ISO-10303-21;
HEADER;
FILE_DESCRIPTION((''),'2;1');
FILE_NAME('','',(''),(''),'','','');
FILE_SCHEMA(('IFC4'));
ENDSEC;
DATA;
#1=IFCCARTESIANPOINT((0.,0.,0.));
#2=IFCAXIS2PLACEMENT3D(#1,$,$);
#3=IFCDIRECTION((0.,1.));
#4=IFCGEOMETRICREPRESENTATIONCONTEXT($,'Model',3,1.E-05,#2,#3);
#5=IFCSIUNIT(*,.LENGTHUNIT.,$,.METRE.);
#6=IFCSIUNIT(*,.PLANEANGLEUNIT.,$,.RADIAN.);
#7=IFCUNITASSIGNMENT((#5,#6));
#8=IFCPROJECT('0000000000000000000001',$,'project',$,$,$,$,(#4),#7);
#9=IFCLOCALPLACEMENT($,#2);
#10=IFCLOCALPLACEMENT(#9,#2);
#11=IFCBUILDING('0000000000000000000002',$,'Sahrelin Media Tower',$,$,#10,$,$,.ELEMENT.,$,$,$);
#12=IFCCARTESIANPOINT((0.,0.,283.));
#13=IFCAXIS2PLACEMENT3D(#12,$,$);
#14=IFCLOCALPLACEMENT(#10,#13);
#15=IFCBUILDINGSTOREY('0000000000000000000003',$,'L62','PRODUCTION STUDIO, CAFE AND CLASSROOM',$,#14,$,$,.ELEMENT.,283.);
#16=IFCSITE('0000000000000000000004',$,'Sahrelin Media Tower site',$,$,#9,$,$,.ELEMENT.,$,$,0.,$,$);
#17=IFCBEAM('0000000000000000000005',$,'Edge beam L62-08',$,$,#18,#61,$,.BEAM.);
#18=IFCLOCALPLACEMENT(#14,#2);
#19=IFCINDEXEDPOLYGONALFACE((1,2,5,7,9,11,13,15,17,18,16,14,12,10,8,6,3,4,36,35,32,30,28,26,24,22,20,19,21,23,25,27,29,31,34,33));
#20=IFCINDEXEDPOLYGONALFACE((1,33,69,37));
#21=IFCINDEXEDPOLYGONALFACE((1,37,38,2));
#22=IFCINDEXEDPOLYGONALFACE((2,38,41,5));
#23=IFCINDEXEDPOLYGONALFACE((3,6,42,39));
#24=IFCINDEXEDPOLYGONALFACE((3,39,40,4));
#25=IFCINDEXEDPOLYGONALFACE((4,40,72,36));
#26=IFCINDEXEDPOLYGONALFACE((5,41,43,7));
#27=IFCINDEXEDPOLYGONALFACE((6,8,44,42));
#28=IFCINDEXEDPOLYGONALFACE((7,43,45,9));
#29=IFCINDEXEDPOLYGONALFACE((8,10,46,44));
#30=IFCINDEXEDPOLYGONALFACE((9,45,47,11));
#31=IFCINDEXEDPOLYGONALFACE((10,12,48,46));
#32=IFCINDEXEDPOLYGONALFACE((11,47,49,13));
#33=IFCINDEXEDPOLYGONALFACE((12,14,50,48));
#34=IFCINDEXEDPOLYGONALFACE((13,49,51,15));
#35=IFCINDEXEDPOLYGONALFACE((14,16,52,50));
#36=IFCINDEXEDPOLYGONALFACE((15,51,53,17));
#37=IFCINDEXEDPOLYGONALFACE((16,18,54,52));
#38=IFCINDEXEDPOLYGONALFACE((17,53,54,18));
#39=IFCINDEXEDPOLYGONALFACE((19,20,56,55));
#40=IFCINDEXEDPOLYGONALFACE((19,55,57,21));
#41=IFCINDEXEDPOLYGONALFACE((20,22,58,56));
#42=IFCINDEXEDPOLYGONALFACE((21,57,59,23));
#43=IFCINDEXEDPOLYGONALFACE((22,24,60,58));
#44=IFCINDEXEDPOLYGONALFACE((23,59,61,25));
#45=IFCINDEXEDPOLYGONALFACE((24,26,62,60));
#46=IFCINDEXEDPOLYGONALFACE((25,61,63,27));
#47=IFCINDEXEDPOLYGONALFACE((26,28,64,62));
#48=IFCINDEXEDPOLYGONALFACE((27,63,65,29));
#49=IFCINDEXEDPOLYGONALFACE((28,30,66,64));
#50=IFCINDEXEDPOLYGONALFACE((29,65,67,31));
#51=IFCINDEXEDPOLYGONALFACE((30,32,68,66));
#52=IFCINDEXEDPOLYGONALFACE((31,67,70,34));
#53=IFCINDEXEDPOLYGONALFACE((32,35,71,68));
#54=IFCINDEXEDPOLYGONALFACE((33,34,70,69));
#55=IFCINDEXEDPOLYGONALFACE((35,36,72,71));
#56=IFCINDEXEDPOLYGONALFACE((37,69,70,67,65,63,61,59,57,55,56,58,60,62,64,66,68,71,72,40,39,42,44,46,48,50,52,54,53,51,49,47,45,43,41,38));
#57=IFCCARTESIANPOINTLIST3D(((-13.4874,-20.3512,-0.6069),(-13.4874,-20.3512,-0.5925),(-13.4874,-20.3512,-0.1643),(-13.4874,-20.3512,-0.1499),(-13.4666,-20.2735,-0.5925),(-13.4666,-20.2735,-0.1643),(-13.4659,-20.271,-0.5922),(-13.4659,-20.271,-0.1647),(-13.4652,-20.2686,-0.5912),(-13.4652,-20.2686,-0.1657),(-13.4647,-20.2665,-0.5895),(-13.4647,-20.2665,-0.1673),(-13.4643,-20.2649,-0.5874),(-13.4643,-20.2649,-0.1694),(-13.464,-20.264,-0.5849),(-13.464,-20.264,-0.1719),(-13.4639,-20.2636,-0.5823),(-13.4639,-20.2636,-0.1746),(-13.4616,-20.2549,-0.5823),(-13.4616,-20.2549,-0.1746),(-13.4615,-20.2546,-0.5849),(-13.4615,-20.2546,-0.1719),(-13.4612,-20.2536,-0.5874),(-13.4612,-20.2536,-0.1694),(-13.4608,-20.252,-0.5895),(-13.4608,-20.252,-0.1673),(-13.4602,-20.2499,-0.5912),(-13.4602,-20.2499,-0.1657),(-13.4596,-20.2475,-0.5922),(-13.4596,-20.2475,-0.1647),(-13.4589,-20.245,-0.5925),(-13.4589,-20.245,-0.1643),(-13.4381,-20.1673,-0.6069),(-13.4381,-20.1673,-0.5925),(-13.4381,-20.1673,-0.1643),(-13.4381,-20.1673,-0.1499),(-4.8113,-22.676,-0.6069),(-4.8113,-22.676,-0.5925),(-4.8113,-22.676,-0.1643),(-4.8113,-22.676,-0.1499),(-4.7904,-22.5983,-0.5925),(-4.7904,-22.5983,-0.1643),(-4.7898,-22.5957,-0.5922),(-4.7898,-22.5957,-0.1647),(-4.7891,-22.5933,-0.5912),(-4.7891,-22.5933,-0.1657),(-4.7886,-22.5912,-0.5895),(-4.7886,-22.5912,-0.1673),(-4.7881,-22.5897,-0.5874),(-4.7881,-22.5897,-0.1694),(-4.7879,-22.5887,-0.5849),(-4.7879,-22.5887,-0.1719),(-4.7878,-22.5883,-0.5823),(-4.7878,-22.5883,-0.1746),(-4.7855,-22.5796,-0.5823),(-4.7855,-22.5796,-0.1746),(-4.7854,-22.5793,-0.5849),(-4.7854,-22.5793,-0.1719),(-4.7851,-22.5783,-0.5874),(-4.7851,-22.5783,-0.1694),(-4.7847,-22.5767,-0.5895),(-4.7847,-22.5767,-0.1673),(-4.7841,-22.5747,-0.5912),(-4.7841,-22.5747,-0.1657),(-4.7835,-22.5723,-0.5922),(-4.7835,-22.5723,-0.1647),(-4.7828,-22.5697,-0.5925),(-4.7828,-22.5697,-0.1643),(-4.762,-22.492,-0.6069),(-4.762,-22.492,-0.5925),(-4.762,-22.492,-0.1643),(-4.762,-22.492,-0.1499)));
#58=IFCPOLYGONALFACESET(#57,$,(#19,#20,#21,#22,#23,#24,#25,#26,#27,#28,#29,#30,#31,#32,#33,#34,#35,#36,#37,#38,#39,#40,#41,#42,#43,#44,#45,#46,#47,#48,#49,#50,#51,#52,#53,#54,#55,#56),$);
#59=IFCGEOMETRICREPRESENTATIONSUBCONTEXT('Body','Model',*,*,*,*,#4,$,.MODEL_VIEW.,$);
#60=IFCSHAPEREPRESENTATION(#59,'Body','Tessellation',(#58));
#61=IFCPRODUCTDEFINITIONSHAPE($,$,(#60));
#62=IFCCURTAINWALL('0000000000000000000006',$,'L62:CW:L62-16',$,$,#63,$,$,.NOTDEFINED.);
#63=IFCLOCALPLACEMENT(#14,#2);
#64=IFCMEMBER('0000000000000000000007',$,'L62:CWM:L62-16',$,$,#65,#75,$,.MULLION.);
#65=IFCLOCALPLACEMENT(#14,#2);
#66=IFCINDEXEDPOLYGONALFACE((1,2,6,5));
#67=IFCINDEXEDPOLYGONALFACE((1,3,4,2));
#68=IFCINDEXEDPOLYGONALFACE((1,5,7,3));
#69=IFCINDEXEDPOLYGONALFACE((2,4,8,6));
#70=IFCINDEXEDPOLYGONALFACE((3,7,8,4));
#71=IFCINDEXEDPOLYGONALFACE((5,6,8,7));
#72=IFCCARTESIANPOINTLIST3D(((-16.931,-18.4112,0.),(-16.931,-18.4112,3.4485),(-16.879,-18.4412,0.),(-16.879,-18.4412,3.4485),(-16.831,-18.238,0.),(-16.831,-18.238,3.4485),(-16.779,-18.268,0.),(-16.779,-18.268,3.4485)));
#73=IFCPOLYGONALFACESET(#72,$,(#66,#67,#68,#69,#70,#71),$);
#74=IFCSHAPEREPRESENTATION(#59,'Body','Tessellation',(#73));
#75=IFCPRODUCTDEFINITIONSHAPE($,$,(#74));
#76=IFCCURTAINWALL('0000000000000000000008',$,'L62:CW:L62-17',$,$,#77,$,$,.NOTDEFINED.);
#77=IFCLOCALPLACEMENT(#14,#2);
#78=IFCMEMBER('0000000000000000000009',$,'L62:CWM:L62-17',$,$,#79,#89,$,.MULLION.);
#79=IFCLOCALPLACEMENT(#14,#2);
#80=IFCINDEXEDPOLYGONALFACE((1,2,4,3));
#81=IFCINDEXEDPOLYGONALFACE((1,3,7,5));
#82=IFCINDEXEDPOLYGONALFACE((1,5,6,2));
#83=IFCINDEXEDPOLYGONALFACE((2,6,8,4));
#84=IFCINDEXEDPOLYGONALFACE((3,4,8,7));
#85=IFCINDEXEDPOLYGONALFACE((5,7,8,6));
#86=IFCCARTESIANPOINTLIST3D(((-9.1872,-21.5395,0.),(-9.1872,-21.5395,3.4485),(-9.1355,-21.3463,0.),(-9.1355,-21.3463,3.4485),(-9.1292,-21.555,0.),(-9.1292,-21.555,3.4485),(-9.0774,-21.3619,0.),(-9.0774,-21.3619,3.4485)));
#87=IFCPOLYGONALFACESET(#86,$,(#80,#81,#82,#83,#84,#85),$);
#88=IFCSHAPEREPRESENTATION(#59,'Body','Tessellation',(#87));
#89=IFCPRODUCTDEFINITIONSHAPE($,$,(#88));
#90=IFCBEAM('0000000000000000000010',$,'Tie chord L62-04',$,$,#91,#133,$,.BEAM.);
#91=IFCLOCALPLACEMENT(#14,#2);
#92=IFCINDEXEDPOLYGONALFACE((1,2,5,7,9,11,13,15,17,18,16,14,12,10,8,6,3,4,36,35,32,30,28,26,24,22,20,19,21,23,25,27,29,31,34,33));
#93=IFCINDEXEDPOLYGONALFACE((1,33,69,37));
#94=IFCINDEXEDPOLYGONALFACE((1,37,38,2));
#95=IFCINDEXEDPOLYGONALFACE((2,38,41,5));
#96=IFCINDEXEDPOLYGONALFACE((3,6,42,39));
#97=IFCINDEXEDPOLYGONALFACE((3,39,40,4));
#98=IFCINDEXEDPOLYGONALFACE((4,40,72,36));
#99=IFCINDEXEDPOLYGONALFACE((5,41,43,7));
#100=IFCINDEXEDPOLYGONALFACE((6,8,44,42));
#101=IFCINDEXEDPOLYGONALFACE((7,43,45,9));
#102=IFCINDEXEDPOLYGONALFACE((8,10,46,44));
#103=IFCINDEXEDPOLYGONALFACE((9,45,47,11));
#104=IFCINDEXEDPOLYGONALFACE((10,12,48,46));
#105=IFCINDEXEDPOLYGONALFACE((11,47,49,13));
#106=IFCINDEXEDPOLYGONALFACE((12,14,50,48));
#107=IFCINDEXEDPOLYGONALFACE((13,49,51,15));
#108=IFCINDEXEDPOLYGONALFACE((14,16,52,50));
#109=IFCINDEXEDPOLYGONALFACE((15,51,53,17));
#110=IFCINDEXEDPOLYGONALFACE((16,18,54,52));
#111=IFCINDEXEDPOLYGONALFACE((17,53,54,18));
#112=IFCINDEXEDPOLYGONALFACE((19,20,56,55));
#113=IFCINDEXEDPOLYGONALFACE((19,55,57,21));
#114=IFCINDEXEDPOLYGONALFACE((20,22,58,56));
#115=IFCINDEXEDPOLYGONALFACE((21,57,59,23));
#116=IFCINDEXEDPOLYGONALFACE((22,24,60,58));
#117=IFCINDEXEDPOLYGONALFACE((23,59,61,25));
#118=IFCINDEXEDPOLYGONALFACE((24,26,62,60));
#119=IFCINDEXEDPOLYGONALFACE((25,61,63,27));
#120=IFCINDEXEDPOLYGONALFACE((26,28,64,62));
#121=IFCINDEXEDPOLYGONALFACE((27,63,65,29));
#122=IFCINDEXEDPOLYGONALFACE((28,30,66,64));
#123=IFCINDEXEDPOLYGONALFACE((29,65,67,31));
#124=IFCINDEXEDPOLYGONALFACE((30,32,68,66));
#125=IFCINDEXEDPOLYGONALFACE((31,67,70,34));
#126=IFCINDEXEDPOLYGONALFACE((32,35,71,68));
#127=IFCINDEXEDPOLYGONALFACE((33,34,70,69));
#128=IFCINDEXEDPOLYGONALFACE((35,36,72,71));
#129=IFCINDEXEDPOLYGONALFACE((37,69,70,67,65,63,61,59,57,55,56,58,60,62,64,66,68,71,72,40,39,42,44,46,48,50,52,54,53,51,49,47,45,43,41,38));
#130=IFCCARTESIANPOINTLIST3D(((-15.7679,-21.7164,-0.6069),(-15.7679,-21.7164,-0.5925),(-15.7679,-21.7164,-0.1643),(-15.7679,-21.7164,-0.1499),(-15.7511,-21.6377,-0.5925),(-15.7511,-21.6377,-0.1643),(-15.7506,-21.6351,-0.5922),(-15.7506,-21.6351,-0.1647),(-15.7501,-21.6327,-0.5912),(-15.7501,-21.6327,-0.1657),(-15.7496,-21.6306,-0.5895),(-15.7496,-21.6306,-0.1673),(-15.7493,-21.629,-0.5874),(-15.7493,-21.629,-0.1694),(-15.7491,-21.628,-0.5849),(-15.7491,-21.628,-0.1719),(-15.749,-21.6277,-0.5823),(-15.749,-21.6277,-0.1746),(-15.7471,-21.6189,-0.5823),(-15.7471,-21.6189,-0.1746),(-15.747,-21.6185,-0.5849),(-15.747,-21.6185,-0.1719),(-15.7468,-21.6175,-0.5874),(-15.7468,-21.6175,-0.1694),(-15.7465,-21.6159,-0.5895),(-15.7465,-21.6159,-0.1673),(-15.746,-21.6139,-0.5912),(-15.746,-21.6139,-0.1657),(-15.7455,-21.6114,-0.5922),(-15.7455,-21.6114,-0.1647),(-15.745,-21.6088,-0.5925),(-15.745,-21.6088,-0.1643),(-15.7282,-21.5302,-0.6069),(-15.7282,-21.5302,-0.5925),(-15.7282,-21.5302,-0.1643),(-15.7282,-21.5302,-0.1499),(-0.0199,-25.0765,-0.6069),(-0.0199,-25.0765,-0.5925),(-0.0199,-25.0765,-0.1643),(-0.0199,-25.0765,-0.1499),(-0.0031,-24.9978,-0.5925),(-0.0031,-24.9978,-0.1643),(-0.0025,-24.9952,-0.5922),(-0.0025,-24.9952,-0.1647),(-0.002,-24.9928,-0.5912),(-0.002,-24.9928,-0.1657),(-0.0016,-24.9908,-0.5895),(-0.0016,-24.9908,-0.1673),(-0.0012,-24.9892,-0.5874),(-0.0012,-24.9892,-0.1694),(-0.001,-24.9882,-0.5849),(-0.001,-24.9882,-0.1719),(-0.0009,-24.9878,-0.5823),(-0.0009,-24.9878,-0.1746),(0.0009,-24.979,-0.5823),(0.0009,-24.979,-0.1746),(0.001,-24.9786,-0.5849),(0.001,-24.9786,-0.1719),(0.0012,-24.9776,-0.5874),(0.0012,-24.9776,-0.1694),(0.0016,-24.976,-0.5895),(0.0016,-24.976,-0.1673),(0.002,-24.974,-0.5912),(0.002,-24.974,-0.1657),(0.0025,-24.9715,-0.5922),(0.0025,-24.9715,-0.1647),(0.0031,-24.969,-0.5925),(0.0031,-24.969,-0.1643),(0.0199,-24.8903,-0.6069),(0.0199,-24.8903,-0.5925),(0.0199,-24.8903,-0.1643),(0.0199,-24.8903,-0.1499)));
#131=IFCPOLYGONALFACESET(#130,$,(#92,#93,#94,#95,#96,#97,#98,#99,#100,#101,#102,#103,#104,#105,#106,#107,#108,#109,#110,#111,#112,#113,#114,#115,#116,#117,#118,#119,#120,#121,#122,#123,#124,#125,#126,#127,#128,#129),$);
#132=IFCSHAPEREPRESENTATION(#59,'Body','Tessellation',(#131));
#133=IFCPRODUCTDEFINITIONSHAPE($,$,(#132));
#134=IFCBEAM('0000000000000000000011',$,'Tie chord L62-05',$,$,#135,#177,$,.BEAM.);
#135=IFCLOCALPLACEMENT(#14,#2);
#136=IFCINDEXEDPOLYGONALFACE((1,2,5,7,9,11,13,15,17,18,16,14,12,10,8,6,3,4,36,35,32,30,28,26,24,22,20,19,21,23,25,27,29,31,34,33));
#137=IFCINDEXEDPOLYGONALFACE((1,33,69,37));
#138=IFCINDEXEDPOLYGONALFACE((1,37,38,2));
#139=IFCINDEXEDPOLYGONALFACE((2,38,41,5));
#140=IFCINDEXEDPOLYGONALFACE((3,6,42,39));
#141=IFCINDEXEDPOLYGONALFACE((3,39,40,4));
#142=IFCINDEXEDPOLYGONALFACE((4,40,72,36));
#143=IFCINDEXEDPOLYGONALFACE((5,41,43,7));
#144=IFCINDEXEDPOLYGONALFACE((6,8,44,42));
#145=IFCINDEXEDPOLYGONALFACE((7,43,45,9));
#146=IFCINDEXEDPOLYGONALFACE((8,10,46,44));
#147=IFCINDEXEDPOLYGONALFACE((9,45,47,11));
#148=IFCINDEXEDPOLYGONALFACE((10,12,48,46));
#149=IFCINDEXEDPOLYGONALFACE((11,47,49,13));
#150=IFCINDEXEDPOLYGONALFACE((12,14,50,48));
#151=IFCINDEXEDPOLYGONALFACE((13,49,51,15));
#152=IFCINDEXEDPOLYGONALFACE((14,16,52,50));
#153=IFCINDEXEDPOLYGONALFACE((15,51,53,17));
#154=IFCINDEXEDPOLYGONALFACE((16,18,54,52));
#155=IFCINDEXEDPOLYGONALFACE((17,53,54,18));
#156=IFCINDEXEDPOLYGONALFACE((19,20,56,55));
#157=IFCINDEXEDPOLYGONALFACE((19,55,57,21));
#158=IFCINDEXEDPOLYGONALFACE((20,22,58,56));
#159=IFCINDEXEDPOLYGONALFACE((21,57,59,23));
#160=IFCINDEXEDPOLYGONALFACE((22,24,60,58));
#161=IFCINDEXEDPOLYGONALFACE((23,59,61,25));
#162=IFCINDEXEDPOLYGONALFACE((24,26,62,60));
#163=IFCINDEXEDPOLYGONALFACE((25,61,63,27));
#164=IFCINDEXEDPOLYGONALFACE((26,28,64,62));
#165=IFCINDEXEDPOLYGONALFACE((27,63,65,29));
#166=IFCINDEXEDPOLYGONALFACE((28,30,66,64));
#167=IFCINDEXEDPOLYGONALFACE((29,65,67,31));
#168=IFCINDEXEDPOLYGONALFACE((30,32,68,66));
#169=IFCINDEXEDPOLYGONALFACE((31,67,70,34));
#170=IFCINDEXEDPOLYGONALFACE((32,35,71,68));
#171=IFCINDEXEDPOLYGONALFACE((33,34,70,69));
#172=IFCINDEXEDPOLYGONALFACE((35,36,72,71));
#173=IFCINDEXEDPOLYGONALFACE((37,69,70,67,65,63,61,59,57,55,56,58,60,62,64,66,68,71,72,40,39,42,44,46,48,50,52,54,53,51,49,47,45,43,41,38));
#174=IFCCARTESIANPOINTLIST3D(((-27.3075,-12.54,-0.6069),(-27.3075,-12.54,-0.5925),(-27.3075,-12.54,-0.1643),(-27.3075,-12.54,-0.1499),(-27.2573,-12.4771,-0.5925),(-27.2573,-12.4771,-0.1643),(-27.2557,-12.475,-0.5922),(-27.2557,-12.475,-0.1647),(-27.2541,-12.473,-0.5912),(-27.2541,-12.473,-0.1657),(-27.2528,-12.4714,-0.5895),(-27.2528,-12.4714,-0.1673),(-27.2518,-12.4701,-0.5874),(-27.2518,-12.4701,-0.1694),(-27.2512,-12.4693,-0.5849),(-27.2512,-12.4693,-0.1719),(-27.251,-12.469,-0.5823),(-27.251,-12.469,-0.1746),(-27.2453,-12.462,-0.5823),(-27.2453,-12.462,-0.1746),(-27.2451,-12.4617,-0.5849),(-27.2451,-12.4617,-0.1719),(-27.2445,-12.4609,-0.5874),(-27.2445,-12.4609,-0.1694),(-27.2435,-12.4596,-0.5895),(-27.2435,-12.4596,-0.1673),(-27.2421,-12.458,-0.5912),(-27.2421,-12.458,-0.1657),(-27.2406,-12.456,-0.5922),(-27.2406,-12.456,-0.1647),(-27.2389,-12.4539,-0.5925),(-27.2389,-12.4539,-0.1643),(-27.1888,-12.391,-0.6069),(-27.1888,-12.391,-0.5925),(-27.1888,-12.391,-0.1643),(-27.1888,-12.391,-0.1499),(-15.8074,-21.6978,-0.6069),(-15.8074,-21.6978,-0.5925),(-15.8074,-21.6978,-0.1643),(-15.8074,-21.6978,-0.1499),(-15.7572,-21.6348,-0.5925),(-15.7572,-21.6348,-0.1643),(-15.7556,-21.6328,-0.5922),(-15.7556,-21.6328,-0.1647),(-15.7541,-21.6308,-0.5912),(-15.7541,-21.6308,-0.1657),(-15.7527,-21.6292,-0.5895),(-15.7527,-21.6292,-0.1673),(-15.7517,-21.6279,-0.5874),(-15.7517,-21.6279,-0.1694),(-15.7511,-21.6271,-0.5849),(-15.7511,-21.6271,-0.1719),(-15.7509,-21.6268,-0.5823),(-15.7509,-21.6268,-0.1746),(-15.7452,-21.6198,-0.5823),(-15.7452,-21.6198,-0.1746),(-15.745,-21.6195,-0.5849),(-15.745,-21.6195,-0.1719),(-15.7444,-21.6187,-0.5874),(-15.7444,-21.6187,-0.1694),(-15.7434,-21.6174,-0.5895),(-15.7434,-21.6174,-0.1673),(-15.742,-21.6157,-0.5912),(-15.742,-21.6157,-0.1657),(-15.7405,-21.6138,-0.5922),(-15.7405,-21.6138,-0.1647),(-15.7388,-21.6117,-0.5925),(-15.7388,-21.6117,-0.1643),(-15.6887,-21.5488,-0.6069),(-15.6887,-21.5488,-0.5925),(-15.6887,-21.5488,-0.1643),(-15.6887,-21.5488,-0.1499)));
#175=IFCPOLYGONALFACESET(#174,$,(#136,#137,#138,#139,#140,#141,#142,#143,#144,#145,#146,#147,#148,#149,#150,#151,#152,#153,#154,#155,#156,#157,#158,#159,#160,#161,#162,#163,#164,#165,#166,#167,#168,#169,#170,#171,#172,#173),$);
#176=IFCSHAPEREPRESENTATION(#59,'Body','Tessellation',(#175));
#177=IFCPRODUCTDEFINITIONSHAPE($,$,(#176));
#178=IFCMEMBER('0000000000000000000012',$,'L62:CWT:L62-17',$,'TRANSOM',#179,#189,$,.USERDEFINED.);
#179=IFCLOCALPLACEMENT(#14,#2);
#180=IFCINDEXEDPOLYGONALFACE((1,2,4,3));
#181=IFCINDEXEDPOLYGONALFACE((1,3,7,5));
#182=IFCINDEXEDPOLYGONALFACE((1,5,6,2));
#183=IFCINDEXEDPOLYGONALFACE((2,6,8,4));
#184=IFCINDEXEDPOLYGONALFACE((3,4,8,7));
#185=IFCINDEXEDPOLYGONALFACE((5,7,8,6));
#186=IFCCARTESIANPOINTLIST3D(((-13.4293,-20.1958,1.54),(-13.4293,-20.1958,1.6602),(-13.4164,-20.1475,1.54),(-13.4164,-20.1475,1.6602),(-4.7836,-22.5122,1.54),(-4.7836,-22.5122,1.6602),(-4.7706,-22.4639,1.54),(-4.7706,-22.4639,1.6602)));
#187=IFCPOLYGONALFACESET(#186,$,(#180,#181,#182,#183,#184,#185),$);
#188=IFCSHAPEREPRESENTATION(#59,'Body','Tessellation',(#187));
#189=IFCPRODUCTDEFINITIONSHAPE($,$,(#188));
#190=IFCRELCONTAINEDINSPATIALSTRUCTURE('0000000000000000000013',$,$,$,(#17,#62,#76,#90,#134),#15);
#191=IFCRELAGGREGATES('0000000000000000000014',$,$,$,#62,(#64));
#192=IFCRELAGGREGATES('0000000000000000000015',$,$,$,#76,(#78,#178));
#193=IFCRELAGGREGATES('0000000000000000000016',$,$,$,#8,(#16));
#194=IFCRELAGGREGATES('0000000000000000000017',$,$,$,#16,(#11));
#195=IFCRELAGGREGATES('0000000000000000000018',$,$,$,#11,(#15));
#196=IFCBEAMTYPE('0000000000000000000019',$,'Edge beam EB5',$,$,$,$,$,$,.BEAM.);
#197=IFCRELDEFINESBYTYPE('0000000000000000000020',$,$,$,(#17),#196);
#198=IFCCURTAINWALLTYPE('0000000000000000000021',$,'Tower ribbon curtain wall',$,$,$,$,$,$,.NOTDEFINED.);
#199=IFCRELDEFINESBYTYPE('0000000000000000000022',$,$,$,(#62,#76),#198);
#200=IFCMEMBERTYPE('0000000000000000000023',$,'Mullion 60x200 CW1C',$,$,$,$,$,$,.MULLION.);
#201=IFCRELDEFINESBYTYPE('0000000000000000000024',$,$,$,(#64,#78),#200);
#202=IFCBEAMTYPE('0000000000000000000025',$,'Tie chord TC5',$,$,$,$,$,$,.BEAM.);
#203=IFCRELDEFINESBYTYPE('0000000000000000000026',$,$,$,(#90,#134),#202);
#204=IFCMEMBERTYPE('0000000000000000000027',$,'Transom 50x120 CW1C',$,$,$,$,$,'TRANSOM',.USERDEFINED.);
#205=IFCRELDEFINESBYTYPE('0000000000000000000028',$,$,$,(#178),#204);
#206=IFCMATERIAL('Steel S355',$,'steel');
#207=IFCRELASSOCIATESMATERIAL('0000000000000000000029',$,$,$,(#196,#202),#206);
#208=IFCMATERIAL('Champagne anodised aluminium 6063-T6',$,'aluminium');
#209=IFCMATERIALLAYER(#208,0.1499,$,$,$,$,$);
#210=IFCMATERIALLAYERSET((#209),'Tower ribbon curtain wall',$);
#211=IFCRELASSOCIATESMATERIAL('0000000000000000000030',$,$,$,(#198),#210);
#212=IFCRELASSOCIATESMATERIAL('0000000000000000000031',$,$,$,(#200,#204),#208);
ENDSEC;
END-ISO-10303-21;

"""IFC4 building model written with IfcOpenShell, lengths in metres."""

from ifc_helpers import new_model, si_unit, direction, frame, origin, origin_2d, place, context, subcontext, project, spatial, rectangle, i_section, extrude, material, layer, layer_set, material_profile, profile_set, type_object, element, aggregate, save


model = new_model("IFC4")

# Units and contexts
model_context = context("Model", 3, precision=1e-05, world=origin(), true_north=direction((0.0, 1.0)))
body_context = subcontext(model_context, "Body", "Model", "MODEL_VIEW")
ifc_project = project(units=[si_unit("LENGTHUNIT", "METRE"), si_unit("PLANEANGLEUNIT", "RADIAN")], contexts=[model_context])

# Site, building, storey
site_placement = place(None, origin())
site = spatial("IfcSite", under=ifc_project, at=site_placement, Name="Sahrelin Media Tower site", CompositionType="ELEMENT", RefElevation=0.0)
building_placement = place(site_placement, origin())
building = spatial("IfcBuilding", under=site, at=building_placement, Name="Sahrelin Media Tower", CompositionType="ELEMENT")
storey_placement = place(building_placement, frame((0.0, 0.0, 283.0)))
storey = spatial("IfcBuildingStorey", under=building, at=storey_placement, Name="L62", Description="PRODUCTION STUDIO, CAFE AND CLASSROOM", CompositionType="ELEMENT", Elevation=283.0)

# Beam
ifc_material_1 = material(Name="Steel S355", Category="steel")
ifc_material_profile_1 = material_profile(ifc_material_1, i_section(OverallWidth=0.1904, OverallDepth=0.457, WebThickness=0.009, FlangeThickness=0.0144, FilletRadius=0.0103, at=origin_2d()), Name="UB 457x191x74")
ifc_profile_set_1 = profile_set([ifc_material_profile_1], Name="Steel S355")
beam_type_1 = type_object("IfcBeamType", Name="Edge beam EB5", PredefinedType="BEAM", material=ifc_profile_set_1)
beam_1_placement = place(storey_placement, frame((-4.7866, -22.584, -0.3784), z_axis=(-0.965927, 0.258816, 0.0), x_axis=(-0.258816, -0.965927, 0.0)))
element("IfcBeam", 1, at=beam_1_placement, inside=storey, type_object=beam_type_1, Name="Edge beam L62-08", PredefinedType="BEAM", context=body_context, shape_type="SweptSolid", body=[
    extrude(i_section(OverallWidth=0.1904, OverallDepth=0.457, WebThickness=0.009, FlangeThickness=0.0144, FilletRadius=0.0103, at=origin_2d()), origin(), (0.0, 0.0, 1.0), 8.9822),
])

# Curtain walls, members
ifc_material_2 = material(Name="Champagne anodised aluminium 6063-T6", Category="aluminium")
ifc_layer_1 = layer(ifc_material_2, 0.1499)
ifc_layer_set_1 = layer_set([ifc_layer_1], Name="Tower ribbon curtain wall")
curtain_wall_type = type_object("IfcCurtainWallType", Name="Tower ribbon curtain wall", PredefinedType="NOTDEFINED", material=ifc_layer_set_1)
curtain_wall_1_placement = place(storey_placement, frame((-16.915, -18.4436, 0.0), z_axis=(0.0, 0.0, 1.0), x_axis=(1.0, 0.0, 0.0)))
curtain_wall_1 = element("IfcCurtainWall", 2, at=curtain_wall_1_placement, inside=storey, type_object=curtain_wall_type, Name="L62:CW:L62-16", PredefinedType="NOTDEFINED")
ifc_material_profile_2 = material_profile(ifc_material_2, rectangle(XDim=0.0601, YDim=0.2, at=origin_2d()), Name="Mullion 60x200")
ifc_profile_set_2 = profile_set([ifc_material_profile_2], Name="Champagne anodised aluminium 6063-T6")
member_type_1 = type_object("IfcMemberType", Name="Mullion 60x200 CW1C", PredefinedType="MULLION", material=ifc_profile_set_2)
member_1_placement = place(storey_placement, frame((-16.855, -18.3396, 0.0), z_axis=(0.0, 0.0, 1.0), x_axis=(0.866024, -0.500003, 0.0)))
member_1 = element("IfcMember", 3, at=member_1_placement, type_object=member_type_1, Name="L62:CWM:L62-16", PredefinedType="MULLION", context=body_context, shape_type="SweptSolid", body=[
    extrude(rectangle(XDim=0.0601, YDim=0.2, at=origin_2d()), origin(), (0.0, 0.0, 1.0), 3.4485),
])
aggregate(curtain_wall_1, [member_1])
curtain_wall_2_placement = place(storey_placement, frame((-9.1633, -21.5664, 0.0), z_axis=(0.0, 0.0, 1.0), x_axis=(1.0, 0.0, 0.0)))
curtain_wall_2 = element("IfcCurtainWall", 4, at=curtain_wall_2_placement, inside=storey, type_object=curtain_wall_type, Name="L62:CW:L62-17", PredefinedType="NOTDEFINED")
member_2_placement = place(storey_placement, frame((-9.1323, -21.4507, 0.0), z_axis=(0.0, 0.0, 1.0), x_axis=(0.965928, -0.258812, 0.0)))
member_2 = element("IfcMember", 5, at=member_2_placement, type_object=member_type_1, Name="L62:CWM:L62-17", PredefinedType="MULLION", context=body_context, shape_type="SweptSolid", body=[
    extrude(rectangle(XDim=0.0601, YDim=0.2, at=origin_2d()), origin(), (0.0, 0.0, 1.0), 3.4485),
])

# Beams
ifc_material_profile_3 = material_profile(ifc_material_1, i_section(OverallWidth=0.1904, OverallDepth=0.457, WebThickness=0.009, FlangeThickness=0.0144, FilletRadius=0.0103, at=origin_2d()), Name="UB 457x191x74")
ifc_profile_set_3 = profile_set([ifc_material_profile_3], Name="Steel S355")
beam_type_2 = type_object("IfcBeamType", Name="Tie chord TC5", PredefinedType="BEAM", material=ifc_profile_set_3)
beam_2_placement = place(storey_placement, frame((0.0, -24.9834, -0.3784), z_axis=(-0.977986, 0.20867, 0.0), x_axis=(-0.20867, -0.977986, 0.0)))
element("IfcBeam", 6, at=beam_2_placement, inside=storey, type_object=beam_type_2, Name="Tie chord L62-04", PredefinedType="BEAM", context=body_context, shape_type="SweptSolid", body=[
    extrude(i_section(OverallWidth=0.1904, OverallDepth=0.457, WebThickness=0.009, FlangeThickness=0.0144, FilletRadius=0.0103, at=origin_2d()), origin(), (0.0, 0.0, 1.0), 16.1025),
])
beam_3_placement = place(storey_placement, frame((-15.748, -21.6233, -0.3784), z_axis=(-0.78227, 0.62294, 0.0), x_axis=(-0.62294, -0.78227, 0.0)))
element("IfcBeam", 7, at=beam_3_placement, inside=storey, type_object=beam_type_2, Name="Tie chord L62-05", PredefinedType="BEAM", context=body_context, shape_type="SweptSolid", body=[
    extrude(i_section(OverallWidth=0.1904, OverallDepth=0.457, WebThickness=0.009, FlangeThickness=0.0144, FilletRadius=0.0103, at=origin_2d()), origin(), (0.0, 0.0, 1.0), 14.7009),
])

# Member
ifc_material_profile_4 = material_profile(ifc_material_2, rectangle(XDim=0.05, YDim=0.1201, at=origin_2d()), Name="Transom 50x120")
ifc_profile_set_4 = profile_set([ifc_material_profile_4], Name="Champagne anodised aluminium 6063-T6")
member_type_2 = type_object("IfcMemberType", Name="Transom 50x120 CW1C", ElementType="TRANSOM", PredefinedType="USERDEFINED", material=ifc_profile_set_4)
member_3_placement = place(storey_placement, frame((-13.4229, -20.1716, 1.6001), z_axis=(0.965932, -0.258797, 0.0), x_axis=(0.258797, 0.965932, 0.0)))
member_3 = element("IfcMember", 8, at=member_3_placement, type_object=member_type_2, Name="L62:CWT:L62-17", ObjectType="TRANSOM", PredefinedType="USERDEFINED", context=body_context, shape_type="SweptSolid", body=[
    extrude(rectangle(XDim=0.05, YDim=0.1201, at=origin_2d()), origin(), (0.0, 0.0, 1.0), 8.9507),
])

aggregate(curtain_wall_2, [member_2, member_3])

save(model, "model.ifc")
